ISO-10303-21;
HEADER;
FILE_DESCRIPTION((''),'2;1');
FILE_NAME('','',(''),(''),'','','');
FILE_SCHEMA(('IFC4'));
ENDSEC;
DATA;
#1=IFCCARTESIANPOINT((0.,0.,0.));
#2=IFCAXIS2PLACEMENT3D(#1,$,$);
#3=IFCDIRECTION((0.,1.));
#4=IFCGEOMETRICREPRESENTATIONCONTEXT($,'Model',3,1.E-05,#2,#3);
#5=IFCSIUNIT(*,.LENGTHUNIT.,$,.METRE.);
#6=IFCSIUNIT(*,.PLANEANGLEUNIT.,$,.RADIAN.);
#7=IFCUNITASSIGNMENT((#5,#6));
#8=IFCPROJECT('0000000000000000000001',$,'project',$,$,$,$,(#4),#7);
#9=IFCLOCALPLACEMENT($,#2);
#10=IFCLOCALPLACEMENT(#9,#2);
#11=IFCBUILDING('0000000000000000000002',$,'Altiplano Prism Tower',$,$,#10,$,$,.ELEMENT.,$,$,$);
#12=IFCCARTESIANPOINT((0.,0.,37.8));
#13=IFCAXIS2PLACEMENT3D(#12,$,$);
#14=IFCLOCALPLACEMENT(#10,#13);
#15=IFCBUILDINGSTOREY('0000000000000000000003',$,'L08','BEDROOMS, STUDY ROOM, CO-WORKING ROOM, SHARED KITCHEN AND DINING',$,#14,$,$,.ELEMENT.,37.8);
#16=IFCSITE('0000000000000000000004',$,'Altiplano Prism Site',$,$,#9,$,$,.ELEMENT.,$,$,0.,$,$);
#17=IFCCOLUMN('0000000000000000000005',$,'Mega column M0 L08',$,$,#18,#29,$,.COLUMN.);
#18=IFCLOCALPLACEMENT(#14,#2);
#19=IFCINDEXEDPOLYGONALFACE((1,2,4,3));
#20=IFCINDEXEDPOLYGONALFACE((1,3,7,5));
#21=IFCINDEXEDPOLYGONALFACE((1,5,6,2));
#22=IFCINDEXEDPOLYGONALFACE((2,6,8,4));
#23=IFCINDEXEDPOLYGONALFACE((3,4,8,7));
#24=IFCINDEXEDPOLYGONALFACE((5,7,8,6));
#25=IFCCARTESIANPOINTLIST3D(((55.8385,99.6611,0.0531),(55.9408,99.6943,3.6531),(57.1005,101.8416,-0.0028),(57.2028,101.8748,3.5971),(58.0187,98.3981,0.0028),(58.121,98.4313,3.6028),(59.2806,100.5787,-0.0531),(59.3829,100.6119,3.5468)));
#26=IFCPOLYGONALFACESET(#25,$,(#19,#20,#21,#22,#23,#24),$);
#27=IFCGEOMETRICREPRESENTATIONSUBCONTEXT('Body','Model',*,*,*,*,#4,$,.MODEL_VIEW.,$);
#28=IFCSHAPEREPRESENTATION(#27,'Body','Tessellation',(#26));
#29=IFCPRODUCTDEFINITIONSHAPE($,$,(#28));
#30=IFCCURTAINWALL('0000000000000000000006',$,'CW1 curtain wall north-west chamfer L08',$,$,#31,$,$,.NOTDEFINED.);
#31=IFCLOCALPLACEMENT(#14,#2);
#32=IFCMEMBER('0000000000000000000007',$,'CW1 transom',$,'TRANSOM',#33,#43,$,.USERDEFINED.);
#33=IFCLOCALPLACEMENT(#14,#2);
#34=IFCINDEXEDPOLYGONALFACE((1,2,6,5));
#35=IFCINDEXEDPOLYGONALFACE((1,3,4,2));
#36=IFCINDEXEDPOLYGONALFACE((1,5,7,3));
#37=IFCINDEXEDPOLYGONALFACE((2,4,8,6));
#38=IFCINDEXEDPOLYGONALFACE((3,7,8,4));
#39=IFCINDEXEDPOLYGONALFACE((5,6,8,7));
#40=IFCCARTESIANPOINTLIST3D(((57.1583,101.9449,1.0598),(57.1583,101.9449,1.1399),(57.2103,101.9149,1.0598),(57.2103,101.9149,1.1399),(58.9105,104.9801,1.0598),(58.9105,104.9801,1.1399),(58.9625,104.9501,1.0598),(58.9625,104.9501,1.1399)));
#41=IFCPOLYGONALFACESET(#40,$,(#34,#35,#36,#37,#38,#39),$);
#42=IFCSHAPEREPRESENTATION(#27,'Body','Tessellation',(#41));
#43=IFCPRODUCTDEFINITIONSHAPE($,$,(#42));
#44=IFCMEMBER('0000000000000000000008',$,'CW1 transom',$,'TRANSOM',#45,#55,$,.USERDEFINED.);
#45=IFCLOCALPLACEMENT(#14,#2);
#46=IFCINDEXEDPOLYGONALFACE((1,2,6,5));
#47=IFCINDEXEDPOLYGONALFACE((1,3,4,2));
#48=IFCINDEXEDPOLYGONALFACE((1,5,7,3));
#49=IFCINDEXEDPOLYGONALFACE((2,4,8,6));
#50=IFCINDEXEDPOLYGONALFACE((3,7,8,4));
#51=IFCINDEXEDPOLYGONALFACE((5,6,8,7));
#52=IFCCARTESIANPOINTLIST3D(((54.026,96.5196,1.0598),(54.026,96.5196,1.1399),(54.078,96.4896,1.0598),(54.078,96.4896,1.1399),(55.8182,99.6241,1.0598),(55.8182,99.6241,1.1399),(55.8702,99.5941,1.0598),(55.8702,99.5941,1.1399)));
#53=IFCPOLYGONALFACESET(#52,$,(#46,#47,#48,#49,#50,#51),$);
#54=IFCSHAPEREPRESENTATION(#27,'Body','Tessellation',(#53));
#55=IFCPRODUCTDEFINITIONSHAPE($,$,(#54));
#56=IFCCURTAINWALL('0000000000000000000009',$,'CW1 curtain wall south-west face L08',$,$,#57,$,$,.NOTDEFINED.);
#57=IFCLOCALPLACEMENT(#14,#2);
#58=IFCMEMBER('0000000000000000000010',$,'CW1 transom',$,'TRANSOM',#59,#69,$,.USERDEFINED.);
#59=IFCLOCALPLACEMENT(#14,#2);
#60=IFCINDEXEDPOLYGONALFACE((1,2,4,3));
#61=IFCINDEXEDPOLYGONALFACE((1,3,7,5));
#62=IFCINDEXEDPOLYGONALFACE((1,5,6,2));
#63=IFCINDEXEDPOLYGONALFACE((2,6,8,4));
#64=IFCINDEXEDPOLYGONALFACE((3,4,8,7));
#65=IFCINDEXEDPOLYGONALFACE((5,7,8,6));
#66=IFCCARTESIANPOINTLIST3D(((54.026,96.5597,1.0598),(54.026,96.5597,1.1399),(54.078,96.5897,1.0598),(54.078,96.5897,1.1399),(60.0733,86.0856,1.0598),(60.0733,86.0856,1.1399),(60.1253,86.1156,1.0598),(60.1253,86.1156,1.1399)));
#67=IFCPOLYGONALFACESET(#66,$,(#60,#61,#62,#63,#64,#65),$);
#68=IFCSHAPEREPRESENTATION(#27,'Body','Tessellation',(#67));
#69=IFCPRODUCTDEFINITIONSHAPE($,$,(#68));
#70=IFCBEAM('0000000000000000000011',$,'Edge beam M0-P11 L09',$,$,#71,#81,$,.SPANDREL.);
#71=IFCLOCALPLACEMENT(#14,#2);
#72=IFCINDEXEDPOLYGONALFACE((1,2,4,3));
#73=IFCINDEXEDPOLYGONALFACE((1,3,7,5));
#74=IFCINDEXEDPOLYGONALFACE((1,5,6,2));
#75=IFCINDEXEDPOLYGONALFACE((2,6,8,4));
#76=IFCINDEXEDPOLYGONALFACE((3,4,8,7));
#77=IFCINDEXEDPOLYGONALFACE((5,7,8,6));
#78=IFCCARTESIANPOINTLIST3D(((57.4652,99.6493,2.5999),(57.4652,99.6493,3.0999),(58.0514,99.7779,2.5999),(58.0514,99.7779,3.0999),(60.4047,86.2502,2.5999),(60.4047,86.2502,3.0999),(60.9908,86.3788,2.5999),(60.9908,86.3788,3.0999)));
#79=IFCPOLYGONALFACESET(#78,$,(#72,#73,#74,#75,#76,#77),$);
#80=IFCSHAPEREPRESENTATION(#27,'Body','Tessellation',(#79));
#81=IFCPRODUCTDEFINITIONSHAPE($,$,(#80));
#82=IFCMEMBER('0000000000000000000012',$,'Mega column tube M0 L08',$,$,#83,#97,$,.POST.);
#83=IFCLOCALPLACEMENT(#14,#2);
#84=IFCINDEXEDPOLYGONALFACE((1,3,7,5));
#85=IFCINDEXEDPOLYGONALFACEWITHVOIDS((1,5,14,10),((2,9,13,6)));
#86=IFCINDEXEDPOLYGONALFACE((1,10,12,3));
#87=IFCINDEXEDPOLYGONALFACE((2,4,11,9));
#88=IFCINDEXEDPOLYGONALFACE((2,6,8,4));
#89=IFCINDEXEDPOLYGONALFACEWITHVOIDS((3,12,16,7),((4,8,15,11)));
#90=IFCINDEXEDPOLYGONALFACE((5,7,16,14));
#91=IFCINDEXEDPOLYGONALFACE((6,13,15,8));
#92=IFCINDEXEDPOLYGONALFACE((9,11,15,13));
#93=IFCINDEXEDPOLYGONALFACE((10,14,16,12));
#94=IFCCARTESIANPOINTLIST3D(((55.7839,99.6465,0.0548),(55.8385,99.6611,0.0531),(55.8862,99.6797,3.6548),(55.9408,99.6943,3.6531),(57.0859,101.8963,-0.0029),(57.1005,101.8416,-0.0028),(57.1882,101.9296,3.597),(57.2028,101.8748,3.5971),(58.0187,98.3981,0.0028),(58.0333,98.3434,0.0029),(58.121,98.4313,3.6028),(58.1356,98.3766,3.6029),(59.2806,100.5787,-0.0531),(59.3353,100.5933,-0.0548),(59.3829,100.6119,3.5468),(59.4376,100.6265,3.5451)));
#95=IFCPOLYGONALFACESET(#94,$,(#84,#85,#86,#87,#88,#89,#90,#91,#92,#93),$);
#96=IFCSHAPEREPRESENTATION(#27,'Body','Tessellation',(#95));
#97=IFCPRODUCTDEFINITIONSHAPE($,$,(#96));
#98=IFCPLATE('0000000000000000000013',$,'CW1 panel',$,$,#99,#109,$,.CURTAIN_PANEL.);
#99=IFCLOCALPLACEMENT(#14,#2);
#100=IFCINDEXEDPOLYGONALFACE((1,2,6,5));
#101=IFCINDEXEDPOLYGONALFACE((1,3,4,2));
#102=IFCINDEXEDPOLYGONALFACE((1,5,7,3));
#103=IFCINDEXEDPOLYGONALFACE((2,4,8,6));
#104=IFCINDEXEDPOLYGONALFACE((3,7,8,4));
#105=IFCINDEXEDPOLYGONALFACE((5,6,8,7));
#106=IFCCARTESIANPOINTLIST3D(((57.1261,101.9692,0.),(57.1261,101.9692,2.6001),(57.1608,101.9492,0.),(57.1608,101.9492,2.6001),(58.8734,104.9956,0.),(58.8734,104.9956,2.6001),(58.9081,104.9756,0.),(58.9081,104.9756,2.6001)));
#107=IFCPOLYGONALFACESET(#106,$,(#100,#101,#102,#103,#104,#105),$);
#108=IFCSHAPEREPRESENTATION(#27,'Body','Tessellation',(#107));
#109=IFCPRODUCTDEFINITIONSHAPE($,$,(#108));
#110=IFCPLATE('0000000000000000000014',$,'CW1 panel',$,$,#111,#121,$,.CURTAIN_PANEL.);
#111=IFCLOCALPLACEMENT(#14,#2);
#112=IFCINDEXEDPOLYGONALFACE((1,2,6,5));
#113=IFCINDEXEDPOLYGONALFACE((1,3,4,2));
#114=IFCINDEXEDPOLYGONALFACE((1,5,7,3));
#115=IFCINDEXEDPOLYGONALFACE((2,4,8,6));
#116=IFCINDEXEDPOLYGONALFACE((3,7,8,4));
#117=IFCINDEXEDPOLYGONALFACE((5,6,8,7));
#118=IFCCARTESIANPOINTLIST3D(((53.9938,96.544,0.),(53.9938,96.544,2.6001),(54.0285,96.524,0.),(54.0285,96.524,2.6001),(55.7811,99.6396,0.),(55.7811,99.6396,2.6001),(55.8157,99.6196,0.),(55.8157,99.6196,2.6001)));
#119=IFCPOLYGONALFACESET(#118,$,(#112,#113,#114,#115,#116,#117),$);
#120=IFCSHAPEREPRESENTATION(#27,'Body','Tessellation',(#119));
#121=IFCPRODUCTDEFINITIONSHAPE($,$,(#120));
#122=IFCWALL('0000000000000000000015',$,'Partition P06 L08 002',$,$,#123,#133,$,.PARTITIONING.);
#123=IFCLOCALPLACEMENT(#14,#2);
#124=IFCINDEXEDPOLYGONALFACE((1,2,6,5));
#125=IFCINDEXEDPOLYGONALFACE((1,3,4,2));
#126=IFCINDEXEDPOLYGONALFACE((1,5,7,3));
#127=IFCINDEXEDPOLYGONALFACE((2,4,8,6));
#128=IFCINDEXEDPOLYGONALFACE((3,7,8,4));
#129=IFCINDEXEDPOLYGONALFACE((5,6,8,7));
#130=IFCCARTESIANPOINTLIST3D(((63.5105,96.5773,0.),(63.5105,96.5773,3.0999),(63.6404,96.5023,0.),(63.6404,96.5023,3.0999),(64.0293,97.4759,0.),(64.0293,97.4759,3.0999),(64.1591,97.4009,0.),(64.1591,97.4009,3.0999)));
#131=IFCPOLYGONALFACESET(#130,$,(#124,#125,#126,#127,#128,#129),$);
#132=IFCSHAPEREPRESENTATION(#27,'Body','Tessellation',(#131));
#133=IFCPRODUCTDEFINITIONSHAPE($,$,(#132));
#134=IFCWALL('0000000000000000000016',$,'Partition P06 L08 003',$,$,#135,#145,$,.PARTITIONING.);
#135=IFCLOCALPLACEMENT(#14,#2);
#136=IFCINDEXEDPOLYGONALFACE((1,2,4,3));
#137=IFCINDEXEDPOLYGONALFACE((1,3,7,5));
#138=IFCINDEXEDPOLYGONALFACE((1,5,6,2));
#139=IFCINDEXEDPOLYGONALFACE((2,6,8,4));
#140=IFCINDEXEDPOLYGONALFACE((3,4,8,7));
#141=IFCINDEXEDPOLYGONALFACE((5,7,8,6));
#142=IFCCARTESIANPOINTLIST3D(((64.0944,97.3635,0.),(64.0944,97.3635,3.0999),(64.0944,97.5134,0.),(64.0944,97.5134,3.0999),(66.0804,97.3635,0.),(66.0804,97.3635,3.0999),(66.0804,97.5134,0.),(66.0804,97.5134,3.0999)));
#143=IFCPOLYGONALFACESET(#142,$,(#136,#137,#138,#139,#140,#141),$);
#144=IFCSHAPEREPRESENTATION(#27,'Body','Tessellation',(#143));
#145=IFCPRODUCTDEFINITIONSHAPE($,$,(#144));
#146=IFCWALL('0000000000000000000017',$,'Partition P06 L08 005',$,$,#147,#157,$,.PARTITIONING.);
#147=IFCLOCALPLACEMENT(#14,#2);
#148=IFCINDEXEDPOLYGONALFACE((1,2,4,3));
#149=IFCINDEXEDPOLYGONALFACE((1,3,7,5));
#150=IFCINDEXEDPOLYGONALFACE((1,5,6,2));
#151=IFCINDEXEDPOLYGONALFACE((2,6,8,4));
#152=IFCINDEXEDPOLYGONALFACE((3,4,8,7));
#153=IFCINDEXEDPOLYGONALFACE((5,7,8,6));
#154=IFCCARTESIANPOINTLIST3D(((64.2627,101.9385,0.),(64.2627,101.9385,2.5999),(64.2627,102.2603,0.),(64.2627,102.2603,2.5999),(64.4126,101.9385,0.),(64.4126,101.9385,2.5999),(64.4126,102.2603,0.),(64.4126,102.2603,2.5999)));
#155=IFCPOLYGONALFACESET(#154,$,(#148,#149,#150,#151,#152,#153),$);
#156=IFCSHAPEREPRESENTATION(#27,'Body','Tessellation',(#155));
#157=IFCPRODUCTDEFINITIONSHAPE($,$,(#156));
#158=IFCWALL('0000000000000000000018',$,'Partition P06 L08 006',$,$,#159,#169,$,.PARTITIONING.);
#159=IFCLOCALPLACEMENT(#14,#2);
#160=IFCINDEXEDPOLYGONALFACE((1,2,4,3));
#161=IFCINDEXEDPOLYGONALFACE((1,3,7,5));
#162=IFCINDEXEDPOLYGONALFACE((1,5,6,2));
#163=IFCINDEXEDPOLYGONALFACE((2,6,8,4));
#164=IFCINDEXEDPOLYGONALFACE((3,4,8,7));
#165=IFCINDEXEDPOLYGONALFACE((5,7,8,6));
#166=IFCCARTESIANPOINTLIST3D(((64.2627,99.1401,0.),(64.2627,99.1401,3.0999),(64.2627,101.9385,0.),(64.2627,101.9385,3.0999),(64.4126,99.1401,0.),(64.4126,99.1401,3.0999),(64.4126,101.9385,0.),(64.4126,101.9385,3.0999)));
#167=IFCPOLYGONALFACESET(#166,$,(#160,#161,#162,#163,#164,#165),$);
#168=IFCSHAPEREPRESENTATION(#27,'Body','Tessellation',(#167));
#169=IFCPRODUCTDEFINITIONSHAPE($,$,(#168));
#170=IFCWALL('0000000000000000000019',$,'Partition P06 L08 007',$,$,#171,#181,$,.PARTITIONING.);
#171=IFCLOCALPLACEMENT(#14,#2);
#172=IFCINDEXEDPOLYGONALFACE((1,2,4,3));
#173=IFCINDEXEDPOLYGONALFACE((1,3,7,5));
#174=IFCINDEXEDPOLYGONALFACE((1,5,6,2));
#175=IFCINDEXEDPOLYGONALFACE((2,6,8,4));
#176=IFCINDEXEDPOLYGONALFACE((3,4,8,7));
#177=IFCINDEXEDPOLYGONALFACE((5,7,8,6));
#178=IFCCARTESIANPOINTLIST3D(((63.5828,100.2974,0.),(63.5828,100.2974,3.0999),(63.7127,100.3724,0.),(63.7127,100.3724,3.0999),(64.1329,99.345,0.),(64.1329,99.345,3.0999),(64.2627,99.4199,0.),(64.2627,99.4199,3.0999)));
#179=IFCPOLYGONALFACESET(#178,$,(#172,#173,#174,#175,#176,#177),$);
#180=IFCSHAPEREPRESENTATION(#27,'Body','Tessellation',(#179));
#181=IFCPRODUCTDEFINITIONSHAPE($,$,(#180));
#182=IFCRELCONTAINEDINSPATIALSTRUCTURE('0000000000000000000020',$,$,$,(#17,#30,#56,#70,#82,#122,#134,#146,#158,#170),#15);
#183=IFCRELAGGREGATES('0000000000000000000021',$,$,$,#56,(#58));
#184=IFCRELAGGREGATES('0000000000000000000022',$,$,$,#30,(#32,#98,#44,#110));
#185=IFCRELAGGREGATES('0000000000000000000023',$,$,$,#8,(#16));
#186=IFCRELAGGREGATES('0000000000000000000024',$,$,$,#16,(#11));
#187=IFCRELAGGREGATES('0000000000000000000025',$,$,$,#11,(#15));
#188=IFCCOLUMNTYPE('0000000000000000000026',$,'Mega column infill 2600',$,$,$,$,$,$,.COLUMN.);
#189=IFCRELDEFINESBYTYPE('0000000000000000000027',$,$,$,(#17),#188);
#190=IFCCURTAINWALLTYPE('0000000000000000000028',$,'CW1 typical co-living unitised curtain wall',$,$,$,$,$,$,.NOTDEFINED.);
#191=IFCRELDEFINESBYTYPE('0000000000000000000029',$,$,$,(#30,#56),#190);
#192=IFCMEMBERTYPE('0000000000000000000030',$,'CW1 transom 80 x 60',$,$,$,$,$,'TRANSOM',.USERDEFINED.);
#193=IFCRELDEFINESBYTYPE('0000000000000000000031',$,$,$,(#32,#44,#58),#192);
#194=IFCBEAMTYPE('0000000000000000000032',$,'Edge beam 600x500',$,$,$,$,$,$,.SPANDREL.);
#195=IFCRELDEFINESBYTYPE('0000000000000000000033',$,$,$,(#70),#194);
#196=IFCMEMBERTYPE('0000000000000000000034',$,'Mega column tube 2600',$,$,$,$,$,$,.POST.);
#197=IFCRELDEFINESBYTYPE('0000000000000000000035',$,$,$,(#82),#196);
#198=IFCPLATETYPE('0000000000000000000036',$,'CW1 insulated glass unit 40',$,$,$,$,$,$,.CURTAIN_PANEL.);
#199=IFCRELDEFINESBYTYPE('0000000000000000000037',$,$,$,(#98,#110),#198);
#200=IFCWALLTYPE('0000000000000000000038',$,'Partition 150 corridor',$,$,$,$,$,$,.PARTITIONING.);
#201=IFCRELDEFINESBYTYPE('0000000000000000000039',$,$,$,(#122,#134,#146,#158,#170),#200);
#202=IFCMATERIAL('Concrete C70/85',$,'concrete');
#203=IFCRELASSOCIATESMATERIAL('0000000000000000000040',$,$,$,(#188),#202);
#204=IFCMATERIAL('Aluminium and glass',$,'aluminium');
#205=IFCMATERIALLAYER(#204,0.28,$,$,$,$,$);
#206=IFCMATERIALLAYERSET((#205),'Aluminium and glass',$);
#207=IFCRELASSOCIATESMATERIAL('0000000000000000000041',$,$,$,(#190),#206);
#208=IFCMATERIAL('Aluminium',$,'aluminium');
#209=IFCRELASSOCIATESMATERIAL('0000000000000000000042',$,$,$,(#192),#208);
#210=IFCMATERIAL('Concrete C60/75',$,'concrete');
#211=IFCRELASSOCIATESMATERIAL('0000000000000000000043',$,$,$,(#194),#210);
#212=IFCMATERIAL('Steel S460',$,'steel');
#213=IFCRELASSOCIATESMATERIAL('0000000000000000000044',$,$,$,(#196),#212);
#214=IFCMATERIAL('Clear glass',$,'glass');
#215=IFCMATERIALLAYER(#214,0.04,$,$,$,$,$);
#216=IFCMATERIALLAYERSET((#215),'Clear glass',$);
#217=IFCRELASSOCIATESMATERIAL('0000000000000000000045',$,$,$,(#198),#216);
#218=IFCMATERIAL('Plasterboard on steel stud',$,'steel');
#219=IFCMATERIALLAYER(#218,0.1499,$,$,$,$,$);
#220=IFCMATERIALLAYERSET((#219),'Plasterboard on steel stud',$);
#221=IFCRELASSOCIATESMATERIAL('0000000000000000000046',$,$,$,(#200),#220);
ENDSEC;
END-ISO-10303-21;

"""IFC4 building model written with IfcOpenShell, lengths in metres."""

from ifc_helpers import new_model, si_unit, direction, frame, frame_2d, origin, origin_2d, place, context, subcontext, project, spatial, rectangle, hollow_rectangle, extrude, material, layer, layer_set, material_profile, profile_set, type_object, element, aggregate, save


model = new_model("IFC4")

# Units and contexts
model_context = context("Model", 3, precision=1e-05, world=origin(), true_north=direction((0.0, 1.0)))
body_context = subcontext(model_context, "Body", "Model", "MODEL_VIEW")
ifc_project = project(units=[si_unit("LENGTHUNIT", "METRE"), si_unit("PLANEANGLEUNIT", "RADIAN")], contexts=[model_context])

# Site, building, storey
site_placement = place(None, origin())
site = spatial("IfcSite", under=ifc_project, at=site_placement, Name="Altiplano Prism Site", CompositionType="ELEMENT", RefElevation=0.0)
building_placement = place(site_placement, origin())
building = spatial("IfcBuilding", under=site, at=building_placement, Name="Altiplano Prism Tower", CompositionType="ELEMENT")
storey_placement = place(building_placement, frame((0.0, 0.0, 37.8)))
storey = spatial("IfcBuildingStorey", under=building, at=storey_placement, Name="L08", Description="BEDROOMS, STUDY ROOM, CO-WORKING ROOM, SHARED KITCHEN AND DINING", CompositionType="ELEMENT", Elevation=37.8)

# Column
ifc_material_1 = material(Name="Concrete C70/85", Category="concrete")
ifc_material_profile_1 = material_profile(ifc_material_1, rectangle(XDim=2.52, YDim=2.52, at=origin_2d()), Name="Mega column infill 2600")
ifc_profile_set_1 = profile_set([ifc_material_profile_1], Name="Concrete C70/85")
column_type = type_object("IfcColumnType", Name="Mega column infill 2600", PredefinedType="COLUMN", material=ifc_profile_set_1)
column_placement = place(storey_placement, frame((57.5596, 100.1199, 0.0), z_axis=(0.028404, 0.009219, 0.999554), x_axis=(-0.86512, 0.501167, 0.019961)))
element("IfcColumn", 1, at=column_placement, inside=storey, type_object=column_type, Name="Mega column M0 L08", PredefinedType="COLUMN", context=body_context, shape_type="SweptSolid", body=[
    extrude(rectangle(XDim=2.52, YDim=2.52, at=origin_2d()), origin(), (0.0, 0.0, 1.0), 3.6016),
])

# Curtain wall, members
ifc_material_2 = material(Name="Aluminium and glass", Category="aluminium")
ifc_layer_1 = layer(ifc_material_2, 0.28)
ifc_layer_set_1 = layer_set([ifc_layer_1], Name="Aluminium and glass")
curtain_wall_type = type_object("IfcCurtainWallType", Name="CW1 typical co-living unitised curtain wall", PredefinedType="NOTDEFINED", material=ifc_layer_set_1)
curtain_wall_1_placement = place(storey_placement, origin())
curtain_wall_1 = element("IfcCurtainWall", 2, at=curtain_wall_1_placement, inside=storey, type_object=curtain_wall_type, Name="CW1 curtain wall north-west chamfer L08", PredefinedType="NOTDEFINED")
ifc_material_3 = material(Name="Aluminium", Category="aluminium")
ifc_material_profile_2 = material_profile(ifc_material_3, rectangle(XDim=0.0601, YDim=0.0801, at=origin_2d()), Name="CW1 transom 80 x 60")
ifc_profile_set_2 = profile_set([ifc_material_profile_2], Name="Aluminium")
member_type_1 = type_object("IfcMemberType", Name="CW1 transom 80 x 60", ElementType="TRANSOM", PredefinedType="USERDEFINED", material=ifc_profile_set_2)
member_1_placement = place(storey_placement, frame((58.9365, 104.9651, 1.0999), z_axis=(-0.499968, -0.866044, 0.0), x_axis=(0.866044, -0.499968, 0.0)))
member_1 = element("IfcMember", 3, at=member_1_placement, type_object=member_type_1, Name="CW1 transom", ObjectType="TRANSOM", PredefinedType="USERDEFINED", context=body_context, shape_type="SweptSolid", body=[
    extrude(rectangle(XDim=0.0601, YDim=0.0801, at=origin_2d()), origin(), (0.0, 0.0, 1.0), 3.5046),
])
member_2_placement = place(storey_placement, frame((55.8442, 99.6091, 1.0999), z_axis=(-0.49997, -0.866043, 0.0), x_axis=(0.866043, -0.49997, 0.0)))
member_2 = element("IfcMember", 4, at=member_2_placement, type_object=member_type_1, Name="CW1 transom", ObjectType="TRANSOM", PredefinedType="USERDEFINED", context=body_context, shape_type="SweptSolid", body=[
    extrude(rectangle(XDim=0.0601, YDim=0.0801, at=origin_2d()), origin(), (0.0, 0.0, 1.0), 3.5847),
])

# Curtain wall, member
curtain_wall_2_placement = place(storey_placement, origin())
curtain_wall_2 = element("IfcCurtainWall", 5, at=curtain_wall_2_placement, inside=storey, type_object=curtain_wall_type, Name="CW1 curtain wall south-west face L08", PredefinedType="NOTDEFINED")
member_3_placement = place(storey_placement, frame((54.052, 96.5747, 1.0999), z_axis=(0.500008, -0.866021, 0.0), x_axis=(0.866021, 0.500008, 0.0)))
member_3 = element("IfcMember", 6, at=member_3_placement, type_object=member_type_1, Name="CW1 transom", ObjectType="TRANSOM", PredefinedType="USERDEFINED", context=body_context, shape_type="SweptSolid", body=[
    extrude(rectangle(XDim=0.0601, YDim=0.0801, at=origin_2d()), origin(), (0.0, 0.0, 1.0), 12.0945),
])
aggregate(curtain_wall_2, [member_3])

# Beam
ifc_material_4 = material(Name="Concrete C60/75", Category="concrete")
ifc_material_profile_3 = material_profile(ifc_material_4, rectangle(XDim=0.6001, YDim=0.5, at=origin_2d()), Name="Edge beam 600x500")
ifc_profile_set_3 = profile_set([ifc_material_profile_3], Name="Concrete C60/75")
beam_type = type_object("IfcBeamType", Name="Edge beam 600x500", PredefinedType="SPANDREL", material=ifc_profile_set_3)
beam_placement = place(storey_placement, frame((57.7583, 99.7136, 2.8499), z_axis=(0.21428, -0.976772, 0.0), x_axis=(0.976772, 0.21428, 0.0)))
element("IfcBeam", 7, at=beam_placement, inside=storey, type_object=beam_type, Name="Edge beam M0-P11 L09", PredefinedType="SPANDREL", context=body_context, shape_type="SweptSolid", body=[
    extrude(rectangle(XDim=0.6001, YDim=0.5, at=origin_2d()), origin(), (0.0, 0.0, 1.0), 13.7178),
])

# Member
ifc_material_5 = material(Name="Steel S460", Category="steel")
ifc_material_profile_4 = material_profile(ifc_material_5, hollow_rectangle(XDim=2.6001, YDim=2.6001, WallThickness=0.04, at=origin_2d()), Name="Mega column tube 2600")
ifc_profile_set_4 = profile_set([ifc_material_profile_4], Name="Steel S460")
member_type_2 = type_object("IfcMemberType", Name="Mega column tube 2600", PredefinedType="POST", material=ifc_profile_set_4)
member_4_placement = place(storey_placement, frame((57.5596, 100.1199, 0.0), z_axis=(0.028404, 0.009219, 0.999554), x_axis=(-0.86512, 0.501167, 0.019961)))
element("IfcMember", 8, at=member_4_placement, inside=storey, type_object=member_type_2, Name="Mega column tube M0 L08", PredefinedType="POST", context=body_context, shape_type="SweptSolid", body=[
    extrude(hollow_rectangle(XDim=2.6001, YDim=2.6001, WallThickness=0.04, at=origin_2d()), origin(), (0.0, 0.0, 1.0), 3.6016),
])

# Plates
ifc_material_6 = material(Name="Clear glass", Category="glass")
ifc_layer_2 = layer(ifc_material_6, 0.04)
ifc_layer_set_2 = layer_set([ifc_layer_2], Name="Clear glass")
plate_type = type_object("IfcPlateType", Name="CW1 insulated glass unit 40", PredefinedType="CURTAIN_PANEL", material=ifc_layer_set_2)
plate_1_placement = place(storey_placement, frame((58.0171, 103.4724, 0.0), z_axis=(0.0, 0.0, 1.0), x_axis=(-0.5, -0.866025, 0.0)))
plate_1 = element("IfcPlate", 9, at=plate_1_placement, type_object=plate_type, Name="CW1 panel", PredefinedType="CURTAIN_PANEL", context=body_context, shape_type="SweptSolid", body=[
    extrude(rectangle(XDim=3.4946, YDim=0.04, at=origin_2d()), origin(), (0.0, 0.0, 1.0), 2.6001),
])
plate_2_placement = place(storey_placement, frame((54.9048, 98.0818, 0.0), z_axis=(0.0, 0.0, 1.0), x_axis=(-0.5, -0.866025, 0.0)))
plate_2 = element("IfcPlate", 10, at=plate_2_placement, type_object=plate_type, Name="CW1 panel", PredefinedType="CURTAIN_PANEL", context=body_context, shape_type="SweptSolid", body=[
    extrude(rectangle(XDim=3.5745, YDim=0.04, at=origin_2d()), origin(), (0.0, 0.0, 1.0), 2.6001),
])
aggregate(curtain_wall_1, [member_1, plate_1, member_2, plate_2])

# Walls
ifc_material_7 = material(Name="Plasterboard on steel stud", Category="steel")
ifc_layer_3 = layer(ifc_material_7, 0.1499)
ifc_layer_set_3 = layer_set([ifc_layer_3], Name="Plasterboard on steel stud")
wall_type_1 = type_object("IfcWallType", Name="Partition 150 corridor", PredefinedType="PARTITIONING", material=ifc_layer_set_3)
wall_1_placement = place(storey_placement, frame((63.5754, 96.5398, 0.0), z_axis=(0.0, 0.0, 1.0), x_axis=(0.49996, 0.866048, 0.0)))
element("IfcWall", 11, at=wall_1_placement, inside=storey, type_object=wall_type_1, Name="Partition P06 L08 002", PredefinedType="PARTITIONING", context=body_context, shape_type="SweptSolid", body=[
    extrude(rectangle(XDim=1.0376, YDim=0.1499, at=frame_2d((0.5188, 0.0))), origin(), (0.0, 0.0, 1.0), 3.0999),
])
wall_2_placement = place(storey_placement, frame((64.0942, 97.4385, 0.0), z_axis=(0.0, 0.0, 1.0), x_axis=(1.0, 0.0, 0.0)))
element("IfcWall", 12, at=wall_2_placement, inside=storey, type_object=wall_type_1, Name="Partition P06 L08 003", PredefinedType="PARTITIONING", context=body_context, shape_type="SweptSolid", body=[
    extrude(rectangle(XDim=1.9861, YDim=0.1499, at=frame_2d((0.9932, 0.0))), origin(), (0.0, 0.0, 1.0), 3.0999),
])
wall_3_placement = place(storey_placement, frame((64.3376, 102.2603, 0.0), z_axis=(0.0, 0.0, 1.0), x_axis=(0.0, -1.0, 0.0)))
element("IfcWall", 13, at=wall_3_placement, inside=storey, type_object=wall_type_1, Name="Partition P06 L08 005", PredefinedType="PARTITIONING", context=body_context, shape_type="SweptSolid", body=[
    extrude(rectangle(XDim=0.3218, YDim=0.1499, at=frame_2d((0.1609, 0.0))), origin(), (0.0, 0.0, 1.0), 2.5999),
])
wall_4_placement = place(storey_placement, frame((64.3376, 101.9385, 0.0), z_axis=(0.0, 0.0, 1.0), x_axis=(0.0, -1.0, 0.0)))
element("IfcWall", 14, at=wall_4_placement, inside=storey, type_object=wall_type_1, Name="Partition P06 L08 006", PredefinedType="PARTITIONING", context=body_context, shape_type="SweptSolid", body=[
    extrude(rectangle(XDim=2.7983, YDim=0.1499, at=frame_2d((1.3992, 0.0))), origin(), (0.0, 0.0, 1.0), 3.0999),
])
wall_5_placement = place(storey_placement, frame((64.1978, 99.3826, 0.0), z_axis=(0.0, 0.0, 1.0), x_axis=(-0.500126, 0.865953, 0.0)))
element("IfcWall", 15, at=wall_5_placement, inside=storey, type_object=wall_type_1, Name="Partition P06 L08 007", PredefinedType="PARTITIONING", context=body_context, shape_type="SweptSolid", body=[
    extrude(rectangle(XDim=1.0999, YDim=0.1499, at=frame_2d((0.5498, 0.0))), origin(), (0.0, 0.0, 1.0), 3.0999),
])

save(model, "model.ifc")
